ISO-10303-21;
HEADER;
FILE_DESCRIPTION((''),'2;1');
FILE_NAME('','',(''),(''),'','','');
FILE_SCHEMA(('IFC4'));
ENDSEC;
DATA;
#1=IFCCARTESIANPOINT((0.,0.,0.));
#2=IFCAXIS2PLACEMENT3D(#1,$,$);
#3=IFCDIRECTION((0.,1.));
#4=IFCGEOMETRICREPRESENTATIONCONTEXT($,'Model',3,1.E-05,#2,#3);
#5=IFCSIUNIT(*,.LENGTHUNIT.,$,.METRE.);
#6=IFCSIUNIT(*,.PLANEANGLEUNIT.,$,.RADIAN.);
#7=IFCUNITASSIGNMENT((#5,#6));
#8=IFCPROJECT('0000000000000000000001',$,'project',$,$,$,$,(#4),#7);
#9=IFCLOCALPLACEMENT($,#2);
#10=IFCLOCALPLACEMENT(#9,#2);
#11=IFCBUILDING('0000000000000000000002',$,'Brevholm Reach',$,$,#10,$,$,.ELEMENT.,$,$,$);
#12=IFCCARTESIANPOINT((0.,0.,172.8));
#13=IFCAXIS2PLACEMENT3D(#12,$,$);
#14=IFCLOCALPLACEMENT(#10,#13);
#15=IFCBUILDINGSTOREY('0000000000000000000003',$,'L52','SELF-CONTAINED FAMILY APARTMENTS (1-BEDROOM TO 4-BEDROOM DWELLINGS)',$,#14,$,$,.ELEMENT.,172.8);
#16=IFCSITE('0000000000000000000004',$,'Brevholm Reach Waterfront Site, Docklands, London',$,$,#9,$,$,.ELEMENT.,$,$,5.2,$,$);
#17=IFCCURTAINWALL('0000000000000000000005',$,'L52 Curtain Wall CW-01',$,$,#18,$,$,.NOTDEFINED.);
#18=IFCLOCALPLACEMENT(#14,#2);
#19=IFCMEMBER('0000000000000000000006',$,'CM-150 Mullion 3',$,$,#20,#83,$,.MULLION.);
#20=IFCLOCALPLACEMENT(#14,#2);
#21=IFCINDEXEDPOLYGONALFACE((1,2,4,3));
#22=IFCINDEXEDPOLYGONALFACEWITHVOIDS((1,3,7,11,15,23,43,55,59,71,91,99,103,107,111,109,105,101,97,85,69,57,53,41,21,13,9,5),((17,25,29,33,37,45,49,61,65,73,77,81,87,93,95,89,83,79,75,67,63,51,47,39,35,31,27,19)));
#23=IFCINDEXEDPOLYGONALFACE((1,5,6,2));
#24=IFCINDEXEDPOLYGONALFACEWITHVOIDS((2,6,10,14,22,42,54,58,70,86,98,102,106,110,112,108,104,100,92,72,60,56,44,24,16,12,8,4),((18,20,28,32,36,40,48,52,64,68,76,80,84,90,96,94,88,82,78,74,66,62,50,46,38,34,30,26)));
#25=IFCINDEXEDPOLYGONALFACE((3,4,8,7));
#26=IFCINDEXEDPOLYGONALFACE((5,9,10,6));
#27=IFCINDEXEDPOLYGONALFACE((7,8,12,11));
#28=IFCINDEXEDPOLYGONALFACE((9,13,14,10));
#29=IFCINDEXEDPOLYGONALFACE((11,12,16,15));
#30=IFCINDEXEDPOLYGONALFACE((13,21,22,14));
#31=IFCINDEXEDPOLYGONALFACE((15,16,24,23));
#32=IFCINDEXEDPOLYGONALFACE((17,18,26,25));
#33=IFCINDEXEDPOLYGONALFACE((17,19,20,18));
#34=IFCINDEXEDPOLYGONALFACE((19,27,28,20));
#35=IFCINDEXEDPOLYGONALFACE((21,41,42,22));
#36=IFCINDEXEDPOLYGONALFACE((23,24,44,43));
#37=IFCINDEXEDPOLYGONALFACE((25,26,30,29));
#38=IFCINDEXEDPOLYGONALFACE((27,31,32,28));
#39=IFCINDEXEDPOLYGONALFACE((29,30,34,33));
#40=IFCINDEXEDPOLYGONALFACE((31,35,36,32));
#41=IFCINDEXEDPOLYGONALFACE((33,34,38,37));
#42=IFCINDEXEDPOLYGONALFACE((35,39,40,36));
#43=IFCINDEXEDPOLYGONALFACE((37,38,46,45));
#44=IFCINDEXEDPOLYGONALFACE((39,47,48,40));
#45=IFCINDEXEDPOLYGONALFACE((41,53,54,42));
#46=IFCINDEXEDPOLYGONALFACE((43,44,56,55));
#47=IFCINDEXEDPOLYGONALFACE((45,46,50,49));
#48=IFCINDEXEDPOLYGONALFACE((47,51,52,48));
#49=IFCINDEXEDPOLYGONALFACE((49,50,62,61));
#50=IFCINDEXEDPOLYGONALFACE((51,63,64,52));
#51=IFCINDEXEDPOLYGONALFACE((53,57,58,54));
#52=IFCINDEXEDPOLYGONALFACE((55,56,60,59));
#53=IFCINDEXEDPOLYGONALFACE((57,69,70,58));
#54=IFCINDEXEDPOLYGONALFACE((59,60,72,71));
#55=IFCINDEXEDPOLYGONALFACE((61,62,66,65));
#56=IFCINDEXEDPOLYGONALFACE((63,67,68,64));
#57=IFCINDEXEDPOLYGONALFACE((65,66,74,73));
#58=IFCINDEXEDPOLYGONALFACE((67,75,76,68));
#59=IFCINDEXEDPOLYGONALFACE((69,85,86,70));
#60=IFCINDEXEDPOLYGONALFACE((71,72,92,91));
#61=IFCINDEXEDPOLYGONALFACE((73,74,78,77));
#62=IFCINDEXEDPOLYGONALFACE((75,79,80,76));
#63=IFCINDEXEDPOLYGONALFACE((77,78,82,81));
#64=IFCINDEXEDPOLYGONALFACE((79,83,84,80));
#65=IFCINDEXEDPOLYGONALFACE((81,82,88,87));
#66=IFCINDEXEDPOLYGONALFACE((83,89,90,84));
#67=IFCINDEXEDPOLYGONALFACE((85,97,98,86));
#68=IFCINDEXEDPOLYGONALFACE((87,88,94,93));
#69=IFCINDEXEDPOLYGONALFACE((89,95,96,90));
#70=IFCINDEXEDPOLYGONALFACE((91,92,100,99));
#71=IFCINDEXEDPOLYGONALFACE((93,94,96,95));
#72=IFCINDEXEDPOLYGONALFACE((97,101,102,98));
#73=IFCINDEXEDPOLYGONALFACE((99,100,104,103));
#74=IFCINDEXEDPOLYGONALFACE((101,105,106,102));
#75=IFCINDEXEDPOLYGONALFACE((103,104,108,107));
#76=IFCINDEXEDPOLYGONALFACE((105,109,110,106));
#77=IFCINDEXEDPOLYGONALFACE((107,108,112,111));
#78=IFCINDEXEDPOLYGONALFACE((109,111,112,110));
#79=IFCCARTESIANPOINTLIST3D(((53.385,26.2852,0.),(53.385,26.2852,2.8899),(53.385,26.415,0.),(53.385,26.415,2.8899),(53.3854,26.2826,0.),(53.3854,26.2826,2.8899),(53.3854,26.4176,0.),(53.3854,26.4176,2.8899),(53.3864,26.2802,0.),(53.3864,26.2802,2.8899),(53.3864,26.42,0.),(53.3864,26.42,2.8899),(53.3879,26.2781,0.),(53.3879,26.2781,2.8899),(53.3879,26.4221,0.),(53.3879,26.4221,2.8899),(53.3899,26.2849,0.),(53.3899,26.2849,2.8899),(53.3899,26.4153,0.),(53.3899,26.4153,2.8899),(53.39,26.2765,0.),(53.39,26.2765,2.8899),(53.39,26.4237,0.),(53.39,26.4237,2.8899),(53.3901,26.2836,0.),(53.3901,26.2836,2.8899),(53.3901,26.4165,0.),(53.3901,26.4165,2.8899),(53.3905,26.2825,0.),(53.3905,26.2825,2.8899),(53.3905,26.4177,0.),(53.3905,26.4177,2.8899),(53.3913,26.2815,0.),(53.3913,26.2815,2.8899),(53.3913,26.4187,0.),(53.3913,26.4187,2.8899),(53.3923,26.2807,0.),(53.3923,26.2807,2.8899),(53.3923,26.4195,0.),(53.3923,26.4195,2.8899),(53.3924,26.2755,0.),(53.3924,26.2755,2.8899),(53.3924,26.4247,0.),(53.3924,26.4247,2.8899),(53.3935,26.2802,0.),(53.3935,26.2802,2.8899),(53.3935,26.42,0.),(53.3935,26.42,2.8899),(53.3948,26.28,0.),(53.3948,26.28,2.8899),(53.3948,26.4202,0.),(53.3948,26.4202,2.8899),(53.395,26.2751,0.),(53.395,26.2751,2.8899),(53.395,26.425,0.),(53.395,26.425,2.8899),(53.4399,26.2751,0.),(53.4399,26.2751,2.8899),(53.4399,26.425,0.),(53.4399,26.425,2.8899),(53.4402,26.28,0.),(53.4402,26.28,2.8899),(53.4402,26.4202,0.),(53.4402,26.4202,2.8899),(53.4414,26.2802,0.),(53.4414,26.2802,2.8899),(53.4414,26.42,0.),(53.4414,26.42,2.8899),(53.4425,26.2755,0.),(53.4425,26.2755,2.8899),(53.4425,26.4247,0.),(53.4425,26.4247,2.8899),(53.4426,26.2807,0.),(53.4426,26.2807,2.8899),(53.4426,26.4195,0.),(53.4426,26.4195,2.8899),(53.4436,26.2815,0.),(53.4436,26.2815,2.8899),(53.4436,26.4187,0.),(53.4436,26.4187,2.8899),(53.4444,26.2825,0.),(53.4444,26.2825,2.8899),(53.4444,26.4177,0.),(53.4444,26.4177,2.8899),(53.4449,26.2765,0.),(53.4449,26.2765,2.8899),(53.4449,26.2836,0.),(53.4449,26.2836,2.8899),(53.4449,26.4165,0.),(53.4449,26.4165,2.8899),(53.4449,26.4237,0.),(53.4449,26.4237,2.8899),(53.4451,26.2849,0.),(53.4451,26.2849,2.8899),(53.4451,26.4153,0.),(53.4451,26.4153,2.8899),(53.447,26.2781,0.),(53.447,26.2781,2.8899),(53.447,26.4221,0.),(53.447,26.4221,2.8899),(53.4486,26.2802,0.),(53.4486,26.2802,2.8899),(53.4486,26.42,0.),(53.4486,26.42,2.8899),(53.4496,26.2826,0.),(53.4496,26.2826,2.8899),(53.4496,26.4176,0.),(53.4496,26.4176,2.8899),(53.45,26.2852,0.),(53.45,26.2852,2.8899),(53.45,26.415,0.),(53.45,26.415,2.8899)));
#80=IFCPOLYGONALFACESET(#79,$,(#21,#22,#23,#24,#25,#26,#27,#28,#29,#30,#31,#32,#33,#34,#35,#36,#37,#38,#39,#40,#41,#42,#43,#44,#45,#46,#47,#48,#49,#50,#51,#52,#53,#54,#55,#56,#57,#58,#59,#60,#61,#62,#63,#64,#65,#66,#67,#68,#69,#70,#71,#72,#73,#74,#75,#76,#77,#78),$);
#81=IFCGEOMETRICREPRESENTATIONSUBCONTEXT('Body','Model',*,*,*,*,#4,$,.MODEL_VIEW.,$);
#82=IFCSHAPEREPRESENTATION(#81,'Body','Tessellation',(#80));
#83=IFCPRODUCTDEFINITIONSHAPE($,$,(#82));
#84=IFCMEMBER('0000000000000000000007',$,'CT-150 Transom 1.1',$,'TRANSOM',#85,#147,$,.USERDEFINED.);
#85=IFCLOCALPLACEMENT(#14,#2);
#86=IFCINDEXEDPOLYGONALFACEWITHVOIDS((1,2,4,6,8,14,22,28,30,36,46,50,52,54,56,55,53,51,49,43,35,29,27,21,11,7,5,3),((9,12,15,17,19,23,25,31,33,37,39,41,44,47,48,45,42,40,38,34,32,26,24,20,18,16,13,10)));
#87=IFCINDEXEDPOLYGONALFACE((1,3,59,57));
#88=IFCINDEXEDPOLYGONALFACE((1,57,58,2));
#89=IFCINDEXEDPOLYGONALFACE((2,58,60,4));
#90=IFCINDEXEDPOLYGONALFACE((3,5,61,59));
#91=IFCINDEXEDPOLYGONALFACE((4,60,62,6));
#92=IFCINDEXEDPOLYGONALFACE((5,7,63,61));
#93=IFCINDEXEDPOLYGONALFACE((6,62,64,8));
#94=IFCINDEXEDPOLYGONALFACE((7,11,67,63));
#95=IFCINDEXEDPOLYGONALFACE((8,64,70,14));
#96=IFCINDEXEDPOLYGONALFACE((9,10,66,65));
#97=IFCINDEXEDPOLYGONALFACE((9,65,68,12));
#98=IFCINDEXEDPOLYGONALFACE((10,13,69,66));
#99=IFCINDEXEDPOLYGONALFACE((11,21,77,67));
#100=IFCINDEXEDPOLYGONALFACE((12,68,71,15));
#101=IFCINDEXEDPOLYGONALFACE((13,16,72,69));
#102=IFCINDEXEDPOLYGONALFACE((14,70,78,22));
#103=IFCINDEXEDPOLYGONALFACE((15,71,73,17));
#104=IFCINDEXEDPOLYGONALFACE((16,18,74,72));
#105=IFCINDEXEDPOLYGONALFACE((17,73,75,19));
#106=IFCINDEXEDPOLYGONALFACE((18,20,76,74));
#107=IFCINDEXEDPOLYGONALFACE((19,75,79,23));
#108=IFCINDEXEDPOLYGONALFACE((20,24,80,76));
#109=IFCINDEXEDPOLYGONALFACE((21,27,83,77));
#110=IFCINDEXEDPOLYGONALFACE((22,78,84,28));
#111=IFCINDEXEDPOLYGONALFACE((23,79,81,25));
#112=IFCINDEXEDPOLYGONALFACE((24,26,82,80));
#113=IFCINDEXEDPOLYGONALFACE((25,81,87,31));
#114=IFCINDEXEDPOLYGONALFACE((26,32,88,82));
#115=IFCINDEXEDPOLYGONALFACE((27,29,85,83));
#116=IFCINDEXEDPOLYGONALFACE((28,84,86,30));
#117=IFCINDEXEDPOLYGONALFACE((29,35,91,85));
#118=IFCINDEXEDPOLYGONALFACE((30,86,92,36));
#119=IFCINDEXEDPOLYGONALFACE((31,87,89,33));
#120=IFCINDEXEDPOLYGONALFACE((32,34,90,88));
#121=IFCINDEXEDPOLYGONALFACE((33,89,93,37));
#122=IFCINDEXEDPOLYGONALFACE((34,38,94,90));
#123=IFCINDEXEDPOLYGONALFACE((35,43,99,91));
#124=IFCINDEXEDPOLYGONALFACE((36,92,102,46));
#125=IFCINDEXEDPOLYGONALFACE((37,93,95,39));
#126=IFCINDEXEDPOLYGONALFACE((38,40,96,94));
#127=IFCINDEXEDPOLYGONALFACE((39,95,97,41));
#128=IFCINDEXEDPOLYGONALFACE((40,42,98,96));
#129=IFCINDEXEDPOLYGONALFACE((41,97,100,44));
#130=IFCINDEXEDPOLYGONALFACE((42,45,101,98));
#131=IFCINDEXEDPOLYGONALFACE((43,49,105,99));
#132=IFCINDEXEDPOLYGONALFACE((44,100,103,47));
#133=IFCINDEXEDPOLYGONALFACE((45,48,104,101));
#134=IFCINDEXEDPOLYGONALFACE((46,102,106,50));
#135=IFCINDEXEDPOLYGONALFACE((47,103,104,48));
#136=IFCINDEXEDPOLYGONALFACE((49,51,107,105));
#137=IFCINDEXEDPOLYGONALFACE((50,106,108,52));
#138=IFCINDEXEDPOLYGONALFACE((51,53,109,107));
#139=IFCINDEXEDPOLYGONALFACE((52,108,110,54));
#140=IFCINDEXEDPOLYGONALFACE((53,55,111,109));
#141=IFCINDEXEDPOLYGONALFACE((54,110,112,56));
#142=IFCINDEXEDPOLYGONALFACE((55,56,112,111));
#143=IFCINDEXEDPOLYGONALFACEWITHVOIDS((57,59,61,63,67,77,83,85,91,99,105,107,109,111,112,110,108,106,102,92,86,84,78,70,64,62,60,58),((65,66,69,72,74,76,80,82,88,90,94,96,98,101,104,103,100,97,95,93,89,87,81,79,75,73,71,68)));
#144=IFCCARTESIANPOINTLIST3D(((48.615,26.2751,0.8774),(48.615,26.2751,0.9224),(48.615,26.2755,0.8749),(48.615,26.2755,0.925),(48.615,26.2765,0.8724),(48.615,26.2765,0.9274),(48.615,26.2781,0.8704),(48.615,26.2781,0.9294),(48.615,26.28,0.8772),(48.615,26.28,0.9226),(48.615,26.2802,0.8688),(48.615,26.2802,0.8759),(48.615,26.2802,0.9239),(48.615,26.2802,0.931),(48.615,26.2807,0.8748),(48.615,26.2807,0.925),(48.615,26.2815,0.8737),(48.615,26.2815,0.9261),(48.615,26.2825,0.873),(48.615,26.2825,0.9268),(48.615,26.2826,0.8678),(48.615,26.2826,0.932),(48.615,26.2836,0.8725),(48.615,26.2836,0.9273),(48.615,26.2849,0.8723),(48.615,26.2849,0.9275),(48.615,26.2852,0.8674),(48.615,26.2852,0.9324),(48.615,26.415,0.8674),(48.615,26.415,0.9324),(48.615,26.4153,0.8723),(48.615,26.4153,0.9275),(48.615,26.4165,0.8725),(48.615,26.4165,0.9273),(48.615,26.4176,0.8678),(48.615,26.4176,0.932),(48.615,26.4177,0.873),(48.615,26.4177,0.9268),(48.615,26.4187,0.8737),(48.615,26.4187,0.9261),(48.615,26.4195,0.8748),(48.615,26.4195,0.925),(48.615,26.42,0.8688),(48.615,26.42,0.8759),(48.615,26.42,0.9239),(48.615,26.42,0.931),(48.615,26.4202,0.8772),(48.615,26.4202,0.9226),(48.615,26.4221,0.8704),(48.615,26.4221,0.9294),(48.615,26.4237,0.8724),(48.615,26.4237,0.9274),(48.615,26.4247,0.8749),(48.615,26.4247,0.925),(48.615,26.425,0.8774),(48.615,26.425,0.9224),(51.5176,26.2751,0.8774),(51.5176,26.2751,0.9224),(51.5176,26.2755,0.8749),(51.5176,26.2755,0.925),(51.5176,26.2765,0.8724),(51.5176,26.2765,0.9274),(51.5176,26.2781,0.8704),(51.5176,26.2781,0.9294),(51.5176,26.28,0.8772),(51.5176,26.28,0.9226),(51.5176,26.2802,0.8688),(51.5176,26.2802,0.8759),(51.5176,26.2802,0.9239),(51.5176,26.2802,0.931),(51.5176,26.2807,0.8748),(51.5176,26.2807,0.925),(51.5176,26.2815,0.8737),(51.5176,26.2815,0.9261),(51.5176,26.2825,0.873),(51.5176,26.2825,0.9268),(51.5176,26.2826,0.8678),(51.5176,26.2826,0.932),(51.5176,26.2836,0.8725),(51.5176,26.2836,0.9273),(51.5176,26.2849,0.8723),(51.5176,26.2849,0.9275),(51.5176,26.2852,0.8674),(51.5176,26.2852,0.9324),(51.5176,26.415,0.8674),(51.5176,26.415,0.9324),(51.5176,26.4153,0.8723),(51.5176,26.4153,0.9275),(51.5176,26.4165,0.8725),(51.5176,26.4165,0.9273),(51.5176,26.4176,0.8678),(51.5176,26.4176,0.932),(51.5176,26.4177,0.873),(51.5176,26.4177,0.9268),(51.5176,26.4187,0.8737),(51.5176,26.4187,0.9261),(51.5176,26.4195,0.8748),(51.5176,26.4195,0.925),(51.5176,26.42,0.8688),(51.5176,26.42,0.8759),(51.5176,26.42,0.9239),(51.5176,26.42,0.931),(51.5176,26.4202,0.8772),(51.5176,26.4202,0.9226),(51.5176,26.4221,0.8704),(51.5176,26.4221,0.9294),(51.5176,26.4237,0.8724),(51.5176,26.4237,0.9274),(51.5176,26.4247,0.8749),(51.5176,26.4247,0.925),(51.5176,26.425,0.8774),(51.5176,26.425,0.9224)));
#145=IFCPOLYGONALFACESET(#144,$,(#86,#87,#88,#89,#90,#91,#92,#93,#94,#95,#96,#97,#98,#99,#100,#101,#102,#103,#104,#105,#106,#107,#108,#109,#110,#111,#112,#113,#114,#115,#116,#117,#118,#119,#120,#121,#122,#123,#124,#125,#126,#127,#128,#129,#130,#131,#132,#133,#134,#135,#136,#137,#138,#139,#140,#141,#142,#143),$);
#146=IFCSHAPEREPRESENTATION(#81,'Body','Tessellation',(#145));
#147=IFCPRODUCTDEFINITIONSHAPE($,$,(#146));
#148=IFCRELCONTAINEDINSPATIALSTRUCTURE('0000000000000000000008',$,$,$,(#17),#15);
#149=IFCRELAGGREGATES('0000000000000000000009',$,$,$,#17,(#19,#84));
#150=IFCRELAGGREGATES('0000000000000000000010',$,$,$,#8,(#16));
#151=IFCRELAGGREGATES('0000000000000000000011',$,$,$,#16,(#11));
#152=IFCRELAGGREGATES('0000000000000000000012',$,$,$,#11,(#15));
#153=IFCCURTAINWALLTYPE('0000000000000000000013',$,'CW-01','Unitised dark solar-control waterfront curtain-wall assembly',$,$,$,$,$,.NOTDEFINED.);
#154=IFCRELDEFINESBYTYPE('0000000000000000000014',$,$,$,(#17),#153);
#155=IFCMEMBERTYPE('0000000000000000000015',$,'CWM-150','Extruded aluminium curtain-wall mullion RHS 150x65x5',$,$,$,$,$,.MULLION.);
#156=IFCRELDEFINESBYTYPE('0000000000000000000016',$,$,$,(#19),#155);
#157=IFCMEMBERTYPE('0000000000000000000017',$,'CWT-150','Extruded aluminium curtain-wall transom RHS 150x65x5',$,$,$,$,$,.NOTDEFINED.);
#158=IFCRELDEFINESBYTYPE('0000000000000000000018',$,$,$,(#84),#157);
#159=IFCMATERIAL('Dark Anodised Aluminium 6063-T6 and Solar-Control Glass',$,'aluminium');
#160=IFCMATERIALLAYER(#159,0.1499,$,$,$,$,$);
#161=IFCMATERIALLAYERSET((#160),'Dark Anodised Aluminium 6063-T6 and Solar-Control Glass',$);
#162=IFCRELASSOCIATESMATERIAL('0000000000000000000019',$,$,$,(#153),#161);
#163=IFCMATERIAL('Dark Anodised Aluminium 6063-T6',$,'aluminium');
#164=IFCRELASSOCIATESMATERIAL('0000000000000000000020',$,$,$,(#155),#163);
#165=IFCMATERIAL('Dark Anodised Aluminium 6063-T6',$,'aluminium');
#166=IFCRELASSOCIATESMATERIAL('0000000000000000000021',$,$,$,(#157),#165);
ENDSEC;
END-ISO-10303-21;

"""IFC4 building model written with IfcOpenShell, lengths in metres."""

from ifc_helpers import new_model, si_unit, direction, frame, origin, origin_2d, place, context, subcontext, project, spatial, hollow_rectangle, extrude, material, layer, layer_set, material_profile, profile_set, type_object, element, aggregate, save


model = new_model("IFC4")

# Units and contexts
model_context = context("Model", 3, precision=1e-05, world=origin(), true_north=direction((0.0, 1.0)))
body_context = subcontext(model_context, "Body", "Model", "MODEL_VIEW")
ifc_project = project(units=[si_unit("LENGTHUNIT", "METRE"), si_unit("PLANEANGLEUNIT", "RADIAN")], contexts=[model_context])

# Site, building, storey
site_placement = place(None, origin())
site = spatial("IfcSite", under=ifc_project, at=site_placement, Name="Brevholm Reach Waterfront Site, Docklands, London", CompositionType="ELEMENT", RefElevation=5.2)
building_placement = place(site_placement, origin())
building = spatial("IfcBuilding", under=site, at=building_placement, Name="Brevholm Reach", CompositionType="ELEMENT")
storey_placement = place(building_placement, frame((0.0, 0.0, 172.8)))
storey = spatial("IfcBuildingStorey", under=building, at=storey_placement, Name="L52", Description="SELF-CONTAINED FAMILY APARTMENTS (1-BEDROOM TO 4-BEDROOM DWELLINGS)", CompositionType="ELEMENT", Elevation=172.8)

# Curtain wall, members
ifc_material_1 = material(Name="Dark Anodised Aluminium 6063-T6 and Solar-Control Glass", Category="aluminium")
ifc_layer_1 = layer(ifc_material_1, 0.1499)
ifc_layer_set_1 = layer_set([ifc_layer_1], Name="Dark Anodised Aluminium 6063-T6 and Solar-Control Glass")
curtain_wall_type = type_object("IfcCurtainWallType", Name="CW-01", Description="Unitised dark solar-control waterfront curtain-wall assembly", PredefinedType="NOTDEFINED", material=ifc_layer_set_1)
curtain_wall_placement = place(storey_placement, origin())
curtain_wall = element("IfcCurtainWall", 1, at=curtain_wall_placement, inside=storey, type_object=curtain_wall_type, Name="L52 Curtain Wall CW-01", PredefinedType="NOTDEFINED")
ifc_material_2 = material(Name="Dark Anodised Aluminium 6063-T6", Category="aluminium")
ifc_material_profile_1 = material_profile(ifc_material_2, hollow_rectangle(XDim=0.0649, YDim=0.1499, WallThickness=0.0049, InnerFilletRadius=0.0049, OuterFilletRadius=0.01, at=origin_2d()), Name="RHS 150x65x5")
ifc_profile_set_1 = profile_set([ifc_material_profile_1], Name="Dark Anodised Aluminium 6063-T6")
member_type_1 = type_object("IfcMemberType", Name="CWM-150", Description="Extruded aluminium curtain-wall mullion RHS 150x65x5", PredefinedType="MULLION", material=ifc_profile_set_1)
member_1_placement = place(storey_placement, frame((53.4175, 26.3501, 0.0), z_axis=(0.0, 0.0, 1.0), x_axis=(1.0, 0.0, 0.0)))
member_1 = element("IfcMember", 2, at=member_1_placement, type_object=member_type_1, Name="CM-150 Mullion 3", PredefinedType="MULLION", context=body_context, shape_type="SweptSolid", body=[
    extrude(hollow_rectangle(XDim=0.0649, YDim=0.1499, WallThickness=0.0049, InnerFilletRadius=0.0049, OuterFilletRadius=0.01, at=origin_2d()), origin(), (0.0, 0.0, 1.0), 2.8899),
])
ifc_material_3 = material(Name="Dark Anodised Aluminium 6063-T6", Category="aluminium")
ifc_material_profile_2 = material_profile(ifc_material_3, hollow_rectangle(XDim=0.0649, YDim=0.1499, WallThickness=0.0049, InnerFilletRadius=0.0049, OuterFilletRadius=0.01, at=origin_2d()), Name="RHS 150x65x5")
ifc_profile_set_2 = profile_set([ifc_material_profile_2], Name="Dark Anodised Aluminium 6063-T6")
member_type_2 = type_object("IfcMemberType", Name="CWT-150", Description="Extruded aluminium curtain-wall transom RHS 150x65x5", PredefinedType="NOTDEFINED", material=ifc_profile_set_2)
member_2_placement = place(storey_placement, frame((48.615, 26.3501, 0.8999), z_axis=(1.0, 0.0, 0.0), x_axis=(0.0, 0.0, 1.0)))
member_2 = element("IfcMember", 3, at=member_2_placement, type_object=member_type_2, Name="CT-150 Transom 1.1", ObjectType="TRANSOM", PredefinedType="USERDEFINED", context=body_context, shape_type="SweptSolid", body=[
    extrude(hollow_rectangle(XDim=0.0649, YDim=0.1499, WallThickness=0.0049, InnerFilletRadius=0.0049, OuterFilletRadius=0.01, at=origin_2d()), origin(), (0.0, 0.0, 1.0), 2.9026),
])
aggregate(curtain_wall, [member_1, member_2])

save(model, "model.ifc")
